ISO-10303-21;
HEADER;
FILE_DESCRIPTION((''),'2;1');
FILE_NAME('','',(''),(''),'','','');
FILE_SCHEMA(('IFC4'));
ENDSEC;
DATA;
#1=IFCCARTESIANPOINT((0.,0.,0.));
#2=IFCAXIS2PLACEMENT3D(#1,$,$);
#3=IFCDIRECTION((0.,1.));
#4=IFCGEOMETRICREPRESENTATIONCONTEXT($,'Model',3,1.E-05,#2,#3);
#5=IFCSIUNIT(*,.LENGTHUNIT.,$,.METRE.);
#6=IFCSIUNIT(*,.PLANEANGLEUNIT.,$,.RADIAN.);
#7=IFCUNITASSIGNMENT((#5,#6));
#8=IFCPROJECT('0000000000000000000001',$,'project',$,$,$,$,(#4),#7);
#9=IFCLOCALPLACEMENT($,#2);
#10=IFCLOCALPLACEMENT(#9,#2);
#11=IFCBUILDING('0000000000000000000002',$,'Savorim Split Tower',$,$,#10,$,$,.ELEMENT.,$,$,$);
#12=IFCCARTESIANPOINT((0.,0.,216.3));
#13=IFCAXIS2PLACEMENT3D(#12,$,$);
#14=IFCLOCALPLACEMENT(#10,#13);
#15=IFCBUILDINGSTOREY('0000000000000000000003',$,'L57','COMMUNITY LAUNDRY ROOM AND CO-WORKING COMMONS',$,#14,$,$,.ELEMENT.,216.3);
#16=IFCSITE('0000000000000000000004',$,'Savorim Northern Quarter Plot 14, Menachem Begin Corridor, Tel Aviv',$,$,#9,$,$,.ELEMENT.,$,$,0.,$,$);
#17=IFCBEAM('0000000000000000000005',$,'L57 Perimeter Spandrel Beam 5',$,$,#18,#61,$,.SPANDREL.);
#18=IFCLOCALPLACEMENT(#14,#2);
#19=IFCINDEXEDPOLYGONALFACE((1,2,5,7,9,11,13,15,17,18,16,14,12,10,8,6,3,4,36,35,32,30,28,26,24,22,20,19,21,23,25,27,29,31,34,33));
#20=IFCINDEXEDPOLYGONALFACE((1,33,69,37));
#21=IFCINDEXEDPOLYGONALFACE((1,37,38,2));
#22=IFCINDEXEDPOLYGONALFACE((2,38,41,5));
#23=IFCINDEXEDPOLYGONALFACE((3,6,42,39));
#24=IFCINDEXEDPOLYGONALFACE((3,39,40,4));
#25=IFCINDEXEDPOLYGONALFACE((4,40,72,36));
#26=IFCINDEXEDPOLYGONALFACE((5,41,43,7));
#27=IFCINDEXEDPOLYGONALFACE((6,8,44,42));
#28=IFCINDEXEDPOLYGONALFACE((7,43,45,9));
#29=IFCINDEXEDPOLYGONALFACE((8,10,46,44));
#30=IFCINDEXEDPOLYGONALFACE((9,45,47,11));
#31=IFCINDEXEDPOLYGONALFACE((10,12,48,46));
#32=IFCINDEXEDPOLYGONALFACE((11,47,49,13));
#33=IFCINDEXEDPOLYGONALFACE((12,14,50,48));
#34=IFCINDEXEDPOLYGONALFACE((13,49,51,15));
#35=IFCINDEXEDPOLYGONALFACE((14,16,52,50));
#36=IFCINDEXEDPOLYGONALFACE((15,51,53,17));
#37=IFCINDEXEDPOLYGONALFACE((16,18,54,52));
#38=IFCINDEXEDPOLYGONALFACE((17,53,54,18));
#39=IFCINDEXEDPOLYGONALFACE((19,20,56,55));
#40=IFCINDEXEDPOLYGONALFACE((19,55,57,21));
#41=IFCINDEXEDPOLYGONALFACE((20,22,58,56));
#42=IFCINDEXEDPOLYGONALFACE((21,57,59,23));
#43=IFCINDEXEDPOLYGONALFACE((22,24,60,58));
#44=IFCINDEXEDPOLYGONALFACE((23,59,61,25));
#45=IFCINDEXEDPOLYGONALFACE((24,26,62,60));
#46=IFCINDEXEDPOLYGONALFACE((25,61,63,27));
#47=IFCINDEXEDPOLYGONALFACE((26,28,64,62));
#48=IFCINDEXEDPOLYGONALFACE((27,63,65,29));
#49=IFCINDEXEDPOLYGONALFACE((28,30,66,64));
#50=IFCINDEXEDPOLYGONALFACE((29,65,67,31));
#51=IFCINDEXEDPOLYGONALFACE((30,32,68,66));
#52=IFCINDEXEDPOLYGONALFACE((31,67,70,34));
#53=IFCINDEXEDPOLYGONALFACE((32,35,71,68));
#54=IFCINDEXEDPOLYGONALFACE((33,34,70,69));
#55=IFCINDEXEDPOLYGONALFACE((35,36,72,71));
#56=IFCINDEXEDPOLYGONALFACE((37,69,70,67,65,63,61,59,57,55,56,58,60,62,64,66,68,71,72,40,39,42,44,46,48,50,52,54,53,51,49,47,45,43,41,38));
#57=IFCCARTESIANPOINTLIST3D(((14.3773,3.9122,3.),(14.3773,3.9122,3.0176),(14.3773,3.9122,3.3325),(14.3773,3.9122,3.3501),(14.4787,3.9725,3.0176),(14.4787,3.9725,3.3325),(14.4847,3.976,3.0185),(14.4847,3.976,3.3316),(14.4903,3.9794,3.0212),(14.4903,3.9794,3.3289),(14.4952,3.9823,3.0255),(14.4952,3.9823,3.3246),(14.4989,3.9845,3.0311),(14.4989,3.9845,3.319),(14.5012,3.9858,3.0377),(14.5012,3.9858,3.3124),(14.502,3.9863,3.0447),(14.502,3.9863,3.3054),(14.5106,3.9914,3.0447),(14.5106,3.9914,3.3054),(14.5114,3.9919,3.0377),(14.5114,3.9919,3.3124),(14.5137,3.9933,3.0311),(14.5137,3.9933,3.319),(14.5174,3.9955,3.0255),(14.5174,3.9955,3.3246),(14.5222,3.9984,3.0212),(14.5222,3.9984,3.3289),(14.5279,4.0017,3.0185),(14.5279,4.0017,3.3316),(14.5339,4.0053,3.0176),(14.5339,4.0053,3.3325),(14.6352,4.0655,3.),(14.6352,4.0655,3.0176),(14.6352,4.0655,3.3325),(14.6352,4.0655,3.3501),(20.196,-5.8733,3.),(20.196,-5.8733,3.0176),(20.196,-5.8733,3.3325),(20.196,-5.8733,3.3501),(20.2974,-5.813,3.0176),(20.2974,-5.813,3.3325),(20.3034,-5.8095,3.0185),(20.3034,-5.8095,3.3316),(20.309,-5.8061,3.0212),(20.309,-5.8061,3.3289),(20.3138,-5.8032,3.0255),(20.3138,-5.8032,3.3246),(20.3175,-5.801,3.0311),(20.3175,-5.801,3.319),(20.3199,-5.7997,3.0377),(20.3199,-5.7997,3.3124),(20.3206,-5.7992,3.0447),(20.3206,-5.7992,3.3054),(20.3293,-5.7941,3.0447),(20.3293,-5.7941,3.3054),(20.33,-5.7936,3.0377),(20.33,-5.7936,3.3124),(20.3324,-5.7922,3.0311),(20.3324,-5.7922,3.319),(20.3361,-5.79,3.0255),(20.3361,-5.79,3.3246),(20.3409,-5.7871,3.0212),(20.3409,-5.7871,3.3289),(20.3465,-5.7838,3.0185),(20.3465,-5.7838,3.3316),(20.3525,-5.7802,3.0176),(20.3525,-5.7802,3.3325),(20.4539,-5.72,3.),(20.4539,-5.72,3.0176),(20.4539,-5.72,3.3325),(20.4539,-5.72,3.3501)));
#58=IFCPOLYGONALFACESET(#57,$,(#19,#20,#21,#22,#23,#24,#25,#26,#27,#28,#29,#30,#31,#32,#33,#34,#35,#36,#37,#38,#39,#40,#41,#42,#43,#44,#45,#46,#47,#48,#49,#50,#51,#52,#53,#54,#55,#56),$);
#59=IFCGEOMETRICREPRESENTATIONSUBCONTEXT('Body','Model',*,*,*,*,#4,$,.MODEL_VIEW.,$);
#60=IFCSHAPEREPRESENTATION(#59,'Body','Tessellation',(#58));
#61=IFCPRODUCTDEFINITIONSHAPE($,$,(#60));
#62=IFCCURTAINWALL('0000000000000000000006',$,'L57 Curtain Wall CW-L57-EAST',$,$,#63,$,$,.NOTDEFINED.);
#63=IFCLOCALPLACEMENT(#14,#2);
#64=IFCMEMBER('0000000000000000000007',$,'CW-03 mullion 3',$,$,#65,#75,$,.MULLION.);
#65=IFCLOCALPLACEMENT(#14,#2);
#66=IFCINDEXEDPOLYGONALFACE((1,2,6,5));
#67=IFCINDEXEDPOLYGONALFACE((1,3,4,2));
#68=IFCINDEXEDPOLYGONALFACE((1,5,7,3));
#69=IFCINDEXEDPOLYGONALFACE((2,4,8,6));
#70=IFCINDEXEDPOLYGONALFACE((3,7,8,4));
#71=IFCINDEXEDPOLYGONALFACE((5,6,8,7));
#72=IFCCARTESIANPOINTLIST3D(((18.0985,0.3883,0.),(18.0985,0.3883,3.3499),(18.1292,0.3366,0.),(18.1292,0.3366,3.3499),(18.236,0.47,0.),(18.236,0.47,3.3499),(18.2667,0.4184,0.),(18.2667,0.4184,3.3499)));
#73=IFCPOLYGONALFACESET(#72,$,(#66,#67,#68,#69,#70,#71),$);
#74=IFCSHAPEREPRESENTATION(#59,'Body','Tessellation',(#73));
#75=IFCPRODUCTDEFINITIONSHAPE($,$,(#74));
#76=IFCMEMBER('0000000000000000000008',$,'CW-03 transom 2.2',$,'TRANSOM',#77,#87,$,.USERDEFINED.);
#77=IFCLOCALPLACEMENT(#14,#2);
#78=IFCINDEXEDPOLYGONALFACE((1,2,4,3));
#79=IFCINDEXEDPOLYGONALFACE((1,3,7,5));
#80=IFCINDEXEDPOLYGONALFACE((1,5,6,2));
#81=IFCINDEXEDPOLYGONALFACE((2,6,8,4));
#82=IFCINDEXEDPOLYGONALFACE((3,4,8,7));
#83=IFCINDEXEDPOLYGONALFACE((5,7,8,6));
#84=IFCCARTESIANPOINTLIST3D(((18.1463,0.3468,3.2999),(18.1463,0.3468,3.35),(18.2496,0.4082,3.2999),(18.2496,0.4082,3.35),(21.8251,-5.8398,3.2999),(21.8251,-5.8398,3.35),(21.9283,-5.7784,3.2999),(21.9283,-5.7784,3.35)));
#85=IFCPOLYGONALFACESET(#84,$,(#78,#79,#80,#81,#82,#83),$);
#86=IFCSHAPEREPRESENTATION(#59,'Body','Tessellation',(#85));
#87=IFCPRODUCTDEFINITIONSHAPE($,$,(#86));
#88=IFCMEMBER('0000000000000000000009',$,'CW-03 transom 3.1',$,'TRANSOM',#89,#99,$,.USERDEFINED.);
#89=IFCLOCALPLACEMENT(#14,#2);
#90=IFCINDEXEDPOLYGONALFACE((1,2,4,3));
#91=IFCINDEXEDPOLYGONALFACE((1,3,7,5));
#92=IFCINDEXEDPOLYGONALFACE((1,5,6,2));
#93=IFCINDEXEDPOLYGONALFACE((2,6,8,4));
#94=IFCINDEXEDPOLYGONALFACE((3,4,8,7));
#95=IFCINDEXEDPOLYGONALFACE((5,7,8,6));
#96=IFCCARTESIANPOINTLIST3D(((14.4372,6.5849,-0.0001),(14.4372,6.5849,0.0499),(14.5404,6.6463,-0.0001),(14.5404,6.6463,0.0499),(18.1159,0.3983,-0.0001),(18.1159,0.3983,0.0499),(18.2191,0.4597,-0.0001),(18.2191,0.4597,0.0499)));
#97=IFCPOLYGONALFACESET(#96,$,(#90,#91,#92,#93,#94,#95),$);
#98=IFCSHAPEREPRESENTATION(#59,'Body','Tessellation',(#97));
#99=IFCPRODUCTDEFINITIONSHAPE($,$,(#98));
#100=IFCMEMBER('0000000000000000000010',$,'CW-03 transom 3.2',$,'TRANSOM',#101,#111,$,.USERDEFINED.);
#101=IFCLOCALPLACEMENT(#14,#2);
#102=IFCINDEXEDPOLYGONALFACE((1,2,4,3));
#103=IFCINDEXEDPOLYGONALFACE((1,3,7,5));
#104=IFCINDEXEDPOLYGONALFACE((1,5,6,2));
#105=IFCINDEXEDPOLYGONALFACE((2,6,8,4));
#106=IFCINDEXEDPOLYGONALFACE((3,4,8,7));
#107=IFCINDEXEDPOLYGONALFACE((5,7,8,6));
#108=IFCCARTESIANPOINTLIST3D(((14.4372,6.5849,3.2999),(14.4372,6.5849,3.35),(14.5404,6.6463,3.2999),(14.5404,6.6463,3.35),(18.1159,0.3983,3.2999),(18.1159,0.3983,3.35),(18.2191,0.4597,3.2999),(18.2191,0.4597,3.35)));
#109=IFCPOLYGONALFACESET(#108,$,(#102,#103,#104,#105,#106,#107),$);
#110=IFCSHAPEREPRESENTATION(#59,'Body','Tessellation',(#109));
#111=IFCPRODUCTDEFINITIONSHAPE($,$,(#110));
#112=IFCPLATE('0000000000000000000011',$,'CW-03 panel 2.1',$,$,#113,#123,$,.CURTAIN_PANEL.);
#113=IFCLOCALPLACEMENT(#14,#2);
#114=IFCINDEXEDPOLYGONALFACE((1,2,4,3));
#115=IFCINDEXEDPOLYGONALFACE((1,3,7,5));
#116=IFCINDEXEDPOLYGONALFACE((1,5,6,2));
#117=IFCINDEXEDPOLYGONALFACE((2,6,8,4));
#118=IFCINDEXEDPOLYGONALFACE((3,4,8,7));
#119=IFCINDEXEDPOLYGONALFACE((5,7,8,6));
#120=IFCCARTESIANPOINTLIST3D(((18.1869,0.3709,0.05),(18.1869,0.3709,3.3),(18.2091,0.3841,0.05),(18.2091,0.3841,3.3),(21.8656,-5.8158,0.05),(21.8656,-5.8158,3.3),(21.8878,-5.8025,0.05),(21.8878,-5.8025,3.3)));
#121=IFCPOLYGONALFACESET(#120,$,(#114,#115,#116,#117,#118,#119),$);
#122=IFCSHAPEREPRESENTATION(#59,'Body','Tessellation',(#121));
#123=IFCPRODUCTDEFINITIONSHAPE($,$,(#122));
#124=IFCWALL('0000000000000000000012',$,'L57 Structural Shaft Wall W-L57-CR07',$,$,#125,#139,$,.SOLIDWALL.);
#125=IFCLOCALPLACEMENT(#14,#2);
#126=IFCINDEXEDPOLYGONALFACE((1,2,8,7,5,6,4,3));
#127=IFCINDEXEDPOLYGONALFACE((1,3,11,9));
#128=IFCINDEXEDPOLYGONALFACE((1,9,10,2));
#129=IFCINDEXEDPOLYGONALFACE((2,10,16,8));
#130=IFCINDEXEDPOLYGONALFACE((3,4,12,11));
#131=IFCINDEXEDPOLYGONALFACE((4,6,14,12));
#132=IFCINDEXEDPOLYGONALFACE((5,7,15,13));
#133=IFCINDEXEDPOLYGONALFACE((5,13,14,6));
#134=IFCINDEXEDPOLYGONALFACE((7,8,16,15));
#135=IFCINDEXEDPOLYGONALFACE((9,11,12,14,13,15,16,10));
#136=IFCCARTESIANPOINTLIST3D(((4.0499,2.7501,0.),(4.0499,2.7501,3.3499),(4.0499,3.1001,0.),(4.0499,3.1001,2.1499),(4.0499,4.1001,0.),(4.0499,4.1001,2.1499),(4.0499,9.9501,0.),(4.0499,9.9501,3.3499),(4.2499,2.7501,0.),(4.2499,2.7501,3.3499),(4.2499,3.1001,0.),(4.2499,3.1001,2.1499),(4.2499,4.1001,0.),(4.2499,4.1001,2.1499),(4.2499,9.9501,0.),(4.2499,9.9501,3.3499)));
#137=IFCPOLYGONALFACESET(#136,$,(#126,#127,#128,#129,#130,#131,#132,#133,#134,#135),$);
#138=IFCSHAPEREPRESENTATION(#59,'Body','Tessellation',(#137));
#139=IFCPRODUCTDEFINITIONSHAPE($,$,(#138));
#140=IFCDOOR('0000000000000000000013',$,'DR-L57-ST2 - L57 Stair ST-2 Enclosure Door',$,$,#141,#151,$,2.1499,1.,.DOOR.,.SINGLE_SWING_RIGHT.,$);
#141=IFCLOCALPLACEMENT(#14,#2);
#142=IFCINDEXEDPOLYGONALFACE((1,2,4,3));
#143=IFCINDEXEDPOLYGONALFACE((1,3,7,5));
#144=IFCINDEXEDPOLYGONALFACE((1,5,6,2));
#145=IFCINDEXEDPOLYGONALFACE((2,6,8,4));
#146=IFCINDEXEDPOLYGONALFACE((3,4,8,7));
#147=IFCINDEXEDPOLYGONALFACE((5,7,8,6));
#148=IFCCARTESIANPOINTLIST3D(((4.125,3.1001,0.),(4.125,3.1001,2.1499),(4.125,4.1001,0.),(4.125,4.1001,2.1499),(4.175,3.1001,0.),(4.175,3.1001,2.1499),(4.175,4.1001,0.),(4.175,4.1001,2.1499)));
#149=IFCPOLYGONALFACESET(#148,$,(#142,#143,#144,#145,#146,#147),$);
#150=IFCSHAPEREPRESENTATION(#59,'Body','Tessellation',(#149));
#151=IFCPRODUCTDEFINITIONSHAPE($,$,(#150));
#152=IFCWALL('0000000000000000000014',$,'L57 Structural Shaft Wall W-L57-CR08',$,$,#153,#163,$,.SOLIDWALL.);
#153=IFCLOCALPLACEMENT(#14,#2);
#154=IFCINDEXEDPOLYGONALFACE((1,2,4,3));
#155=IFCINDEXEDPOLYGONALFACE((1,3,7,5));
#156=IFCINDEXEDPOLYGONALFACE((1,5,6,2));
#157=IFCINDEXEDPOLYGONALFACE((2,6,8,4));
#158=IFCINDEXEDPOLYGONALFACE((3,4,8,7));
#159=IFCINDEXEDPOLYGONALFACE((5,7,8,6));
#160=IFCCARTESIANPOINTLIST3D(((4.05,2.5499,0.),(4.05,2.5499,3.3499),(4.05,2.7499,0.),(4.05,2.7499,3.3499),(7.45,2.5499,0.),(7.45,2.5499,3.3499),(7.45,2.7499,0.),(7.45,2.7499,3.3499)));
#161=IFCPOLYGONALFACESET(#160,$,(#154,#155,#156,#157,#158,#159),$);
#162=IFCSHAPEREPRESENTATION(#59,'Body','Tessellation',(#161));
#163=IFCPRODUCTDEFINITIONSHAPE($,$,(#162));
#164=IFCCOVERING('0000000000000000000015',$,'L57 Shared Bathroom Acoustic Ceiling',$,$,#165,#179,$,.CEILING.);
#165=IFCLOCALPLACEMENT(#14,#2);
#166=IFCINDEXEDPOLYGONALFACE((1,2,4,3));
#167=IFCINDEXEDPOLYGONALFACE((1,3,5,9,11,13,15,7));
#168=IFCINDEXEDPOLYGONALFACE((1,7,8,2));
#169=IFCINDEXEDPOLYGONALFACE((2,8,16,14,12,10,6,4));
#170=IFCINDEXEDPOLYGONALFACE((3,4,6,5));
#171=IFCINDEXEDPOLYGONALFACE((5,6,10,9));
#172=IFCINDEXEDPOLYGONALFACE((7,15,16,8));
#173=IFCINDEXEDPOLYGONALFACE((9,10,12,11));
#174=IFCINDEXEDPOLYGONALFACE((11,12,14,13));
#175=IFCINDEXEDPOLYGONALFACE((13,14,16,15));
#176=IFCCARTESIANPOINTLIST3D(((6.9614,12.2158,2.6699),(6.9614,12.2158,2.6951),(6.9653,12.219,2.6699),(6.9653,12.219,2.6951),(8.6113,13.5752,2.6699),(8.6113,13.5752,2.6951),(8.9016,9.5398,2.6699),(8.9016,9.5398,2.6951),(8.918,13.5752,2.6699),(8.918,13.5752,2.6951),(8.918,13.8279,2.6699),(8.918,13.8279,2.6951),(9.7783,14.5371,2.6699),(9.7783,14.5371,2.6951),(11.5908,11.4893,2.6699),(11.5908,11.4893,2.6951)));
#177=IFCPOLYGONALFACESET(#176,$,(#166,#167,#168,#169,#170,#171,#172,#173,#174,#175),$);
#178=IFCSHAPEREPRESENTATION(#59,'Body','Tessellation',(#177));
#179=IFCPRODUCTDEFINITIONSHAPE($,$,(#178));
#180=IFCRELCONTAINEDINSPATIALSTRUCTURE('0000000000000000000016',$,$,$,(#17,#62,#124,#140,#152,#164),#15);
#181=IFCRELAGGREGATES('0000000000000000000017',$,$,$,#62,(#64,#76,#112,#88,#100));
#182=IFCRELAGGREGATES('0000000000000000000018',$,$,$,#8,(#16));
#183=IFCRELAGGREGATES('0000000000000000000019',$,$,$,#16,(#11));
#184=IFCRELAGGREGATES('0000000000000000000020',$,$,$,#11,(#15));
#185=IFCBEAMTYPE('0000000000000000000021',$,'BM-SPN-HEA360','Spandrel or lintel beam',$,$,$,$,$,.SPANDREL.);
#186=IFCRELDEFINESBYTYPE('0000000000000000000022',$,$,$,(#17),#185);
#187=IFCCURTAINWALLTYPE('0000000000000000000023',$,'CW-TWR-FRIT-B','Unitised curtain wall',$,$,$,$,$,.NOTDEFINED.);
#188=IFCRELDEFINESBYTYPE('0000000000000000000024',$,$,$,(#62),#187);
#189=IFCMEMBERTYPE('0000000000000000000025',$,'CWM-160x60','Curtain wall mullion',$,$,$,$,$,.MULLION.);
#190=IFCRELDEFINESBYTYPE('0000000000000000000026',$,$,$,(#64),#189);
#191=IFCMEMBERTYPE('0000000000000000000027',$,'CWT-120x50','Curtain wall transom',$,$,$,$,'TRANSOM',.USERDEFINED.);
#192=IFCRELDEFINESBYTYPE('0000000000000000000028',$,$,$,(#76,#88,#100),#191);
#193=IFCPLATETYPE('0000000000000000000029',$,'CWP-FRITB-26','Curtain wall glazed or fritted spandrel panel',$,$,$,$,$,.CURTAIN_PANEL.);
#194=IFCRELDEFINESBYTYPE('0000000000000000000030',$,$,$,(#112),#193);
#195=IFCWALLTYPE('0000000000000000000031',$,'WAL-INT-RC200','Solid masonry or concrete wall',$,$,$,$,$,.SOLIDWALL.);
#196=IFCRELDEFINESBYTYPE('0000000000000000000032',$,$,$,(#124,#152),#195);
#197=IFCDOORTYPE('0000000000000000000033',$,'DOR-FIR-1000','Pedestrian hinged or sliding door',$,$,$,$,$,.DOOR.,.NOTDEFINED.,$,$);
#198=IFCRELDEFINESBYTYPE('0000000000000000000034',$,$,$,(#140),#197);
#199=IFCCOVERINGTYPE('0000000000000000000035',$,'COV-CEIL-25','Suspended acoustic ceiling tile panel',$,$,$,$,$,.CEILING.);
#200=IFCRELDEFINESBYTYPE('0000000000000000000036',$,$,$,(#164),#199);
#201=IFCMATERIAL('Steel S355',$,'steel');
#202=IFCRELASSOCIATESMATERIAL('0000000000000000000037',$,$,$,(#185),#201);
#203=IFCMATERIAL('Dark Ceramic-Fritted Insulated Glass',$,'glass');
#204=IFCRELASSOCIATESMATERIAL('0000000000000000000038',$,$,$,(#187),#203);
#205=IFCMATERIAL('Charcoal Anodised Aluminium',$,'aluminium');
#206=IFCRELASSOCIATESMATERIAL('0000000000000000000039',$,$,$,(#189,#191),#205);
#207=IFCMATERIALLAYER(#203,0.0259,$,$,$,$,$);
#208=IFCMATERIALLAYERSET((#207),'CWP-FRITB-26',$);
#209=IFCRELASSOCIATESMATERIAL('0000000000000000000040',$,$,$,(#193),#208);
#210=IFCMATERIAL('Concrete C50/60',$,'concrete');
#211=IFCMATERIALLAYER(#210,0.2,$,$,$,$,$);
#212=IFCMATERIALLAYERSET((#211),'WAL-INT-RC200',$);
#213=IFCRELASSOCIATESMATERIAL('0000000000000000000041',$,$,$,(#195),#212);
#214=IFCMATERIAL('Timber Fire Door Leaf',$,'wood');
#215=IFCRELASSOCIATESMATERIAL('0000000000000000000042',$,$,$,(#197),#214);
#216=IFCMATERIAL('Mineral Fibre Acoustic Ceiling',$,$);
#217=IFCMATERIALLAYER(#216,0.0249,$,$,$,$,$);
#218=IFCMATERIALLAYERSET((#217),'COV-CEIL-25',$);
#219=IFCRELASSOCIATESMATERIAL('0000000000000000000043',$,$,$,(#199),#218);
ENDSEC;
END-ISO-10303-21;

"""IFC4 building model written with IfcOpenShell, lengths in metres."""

from ifc_helpers import new_model, si_unit, direction, frame, frame_2d, origin, origin_2d, place, context, subcontext, project, spatial, polyline, rectangle, i_section, outline, extrude, material, layer, layer_set, material_profile, profile_set, type_object, element, fill, aggregate, save


model = new_model("IFC4")

# Units and contexts
model_context = context("Model", 3, precision=1e-05, world=origin(), true_north=direction((0.0, 1.0)))
body_context = subcontext(model_context, "Body", "Model", "MODEL_VIEW")
ifc_project = project(units=[si_unit("LENGTHUNIT", "METRE"), si_unit("PLANEANGLEUNIT", "RADIAN")], contexts=[model_context])

# Site, building, storey
site_placement = place(None, origin())
site = spatial("IfcSite", under=ifc_project, at=site_placement, Name="Savorim Northern Quarter Plot 14, Menachem Begin Corridor, Tel Aviv", CompositionType="ELEMENT", RefElevation=0.0)
building_placement = place(site_placement, origin())
building = spatial("IfcBuilding", under=site, at=building_placement, Name="Savorim Split Tower", CompositionType="ELEMENT")
storey_placement = place(building_placement, frame((0.0, 0.0, 216.3)))
storey = spatial("IfcBuildingStorey", under=building, at=storey_placement, Name="L57", Description="COMMUNITY LAUNDRY ROOM AND CO-WORKING COMMONS", CompositionType="ELEMENT", Elevation=216.3)

# Shared definitions
ifc_material_1 = material(Name="Steel S355", Category="steel")

# Beam
ifc_material_profile_1 = material_profile(ifc_material_1, i_section(OverallWidth=0.3, OverallDepth=0.3501, WebThickness=0.01, FlangeThickness=0.0176, FilletRadius=0.0271, at=origin_2d()), Name="HEA 360")
ifc_profile_set_1 = profile_set([ifc_material_profile_1], Name="Steel S355")
beam_type_1 = type_object("IfcBeamType", Name="BM-SPN-HEA360", Description="Spandrel or lintel beam", PredefinedType="SPANDREL", material=ifc_profile_set_1)
beam_1_placement = place(storey_placement, frame((20.325, -5.7966, 3.175), z_axis=(-0.511092, 0.859526, 0.0), x_axis=(-0.859526, -0.511092, 0.0)))
element("IfcBeam", 1, at=beam_1_placement, inside=storey, type_object=beam_type_1, Name="L57 Perimeter Spandrel Beam 5", PredefinedType="SPANDREL", context=body_context, shape_type="SweptSolid", body=[
    extrude(i_section(OverallWidth=0.3, OverallDepth=0.3501, WebThickness=0.01, FlangeThickness=0.0176, FilletRadius=0.0271, at=origin_2d()), origin(), (0.0, 0.0, 1.0), 11.3848),
])

# Curtain wall, members, plate
ifc_material_2 = material(Name="Dark Ceramic-Fritted Insulated Glass", Category="glass")
curtain_wall_type = type_object("IfcCurtainWallType", Name="CW-TWR-FRIT-B", Description="Unitised curtain wall", PredefinedType="NOTDEFINED", material=ifc_material_2)
curtain_wall_placement = place(storey_placement, origin())
curtain_wall = element("IfcCurtainWall", 2, at=curtain_wall_placement, inside=storey, type_object=curtain_wall_type, Name="L57 Curtain Wall CW-L57-EAST", PredefinedType="NOTDEFINED")
ifc_material_3 = material(Name="Charcoal Anodised Aluminium", Category="aluminium")
ifc_material_profile_2 = material_profile(ifc_material_3, rectangle(XDim=0.1599, YDim=0.0601, at=origin_2d()), Name="ALU-M 160x60")
ifc_profile_set_2 = profile_set([ifc_material_profile_2], Name="Charcoal Anodised Aluminium")
member_type_1 = type_object("IfcMemberType", Name="CWM-160x60", Description="Curtain wall mullion", PredefinedType="MULLION", material=ifc_profile_set_2)
member_1_placement = place(storey_placement, frame((18.1826, 0.4033, 0.0), z_axis=(0.0, 0.0, 1.0), x_axis=(-0.859526, -0.511092, 0.0)))
member_1 = element("IfcMember", 3, at=member_1_placement, type_object=member_type_1, Name="CW-03 mullion 3", PredefinedType="MULLION", context=body_context, shape_type="SweptSolid", body=[
    extrude(rectangle(XDim=0.1599, YDim=0.0601, at=origin_2d()), origin(), (0.0, 0.0, 1.0), 3.3499),
])
ifc_material_profile_3 = material_profile(ifc_material_3, rectangle(XDim=0.1201, YDim=0.05, at=origin_2d()), Name="ALU-T 120x50")
ifc_profile_set_3 = profile_set([ifc_material_profile_3], Name="Charcoal Anodised Aluminium")
member_type_2 = type_object("IfcMemberType", Name="CWT-120x50", Description="Curtain wall transom", ElementType="TRANSOM", PredefinedType="USERDEFINED", material=ifc_profile_set_3)
member_2_placement = place(storey_placement, frame((21.8767, -5.8091, 3.325), z_axis=(-0.5111, 0.859521, 0.0), x_axis=(-0.859521, -0.5111, 0.0)))
member_2 = element("IfcMember", 4, at=member_2_placement, type_object=member_type_2, Name="CW-03 transom 2.2", ObjectType="TRANSOM", PredefinedType="USERDEFINED", context=body_context, shape_type="SweptSolid", body=[
    extrude(rectangle(XDim=0.1201, YDim=0.05, at=origin_2d()), origin(), (0.0, 0.0, 1.0), 7.1978),
])
member_3_placement = place(storey_placement, frame((18.1675, 0.429, 0.0249), z_axis=(-0.511085, 0.85953, 0.0), x_axis=(-0.85953, -0.511085, 0.0)))
member_3 = element("IfcMember", 5, at=member_3_placement, type_object=member_type_2, Name="CW-03 transom 3.1", ObjectType="TRANSOM", PredefinedType="USERDEFINED", context=body_context, shape_type="SweptSolid", body=[
    extrude(rectangle(XDim=0.1201, YDim=0.05, at=origin_2d()), origin(), (0.0, 0.0, 1.0), 7.1978),
])
member_4_placement = place(storey_placement, frame((18.1675, 0.429, 3.325), z_axis=(-0.511085, 0.85953, 0.0), x_axis=(-0.85953, -0.511085, 0.0)))
member_4 = element("IfcMember", 6, at=member_4_placement, type_object=member_type_2, Name="CW-03 transom 3.2", ObjectType="TRANSOM", PredefinedType="USERDEFINED", context=body_context, shape_type="SweptSolid", body=[
    extrude(rectangle(XDim=0.1201, YDim=0.05, at=origin_2d()), origin(), (0.0, 0.0, 1.0), 7.1978),
])
ifc_layer_1 = layer(ifc_material_2, 0.0259)
ifc_layer_set_1 = layer_set([ifc_layer_1], Name="CWP-FRITB-26")
plate_type = type_object("IfcPlateType", Name="CWP-FRITB-26", Description="Curtain wall glazed or fritted spandrel panel", PredefinedType="CURTAIN_PANEL", material=ifc_layer_set_1)
plate_placement = place(storey_placement, frame((20.0374, -2.7158, 0.05), z_axis=(0.0, 0.0, 1.0), x_axis=(-0.511092, 0.859526, 0.0)))
plate = element("IfcPlate", 7, at=plate_placement, type_object=plate_type, Name="CW-03 panel 2.1", PredefinedType="CURTAIN_PANEL", context=body_context, shape_type="SweptSolid", body=[
    extrude(rectangle(XDim=7.1978, YDim=0.0259, at=origin_2d()), origin(), (0.0, 0.0, 1.0), 3.25),
])
aggregate(curtain_wall, [member_1, member_2, plate, member_3, member_4])

# Wall, opening, door
ifc_material_4 = material(Name="Concrete C50/60", Category="concrete")
ifc_layer_2 = layer(ifc_material_4, 0.2)
ifc_layer_set_2 = layer_set([ifc_layer_2], Name="WAL-INT-RC200")
wall_type = type_object("IfcWallType", Name="WAL-INT-RC200", Description="Solid masonry or concrete wall", PredefinedType="SOLIDWALL", material=ifc_layer_set_2)
wall_1_placement = place(storey_placement, frame((4.1499, 2.75, 0.0), z_axis=(0.0, 0.0, 1.0), x_axis=(0.0, 1.0, 0.0)))
wall_1 = element("IfcWall", 8, at=wall_1_placement, inside=storey, type_object=wall_type, Name="L57 Structural Shaft Wall W-L57-CR07", PredefinedType="SOLIDWALL", context=body_context, shape_type="SweptSolid", body=[
    extrude(rectangle(XDim=7.2, YDim=0.2, at=frame_2d((3.6001, 0.0))), origin(), (0.0, 0.0, 1.0), 3.3499),
])
opening_1_placement = place(wall_1_placement, frame((0.3501, 0.0, 0.0)))
opening_1 = element("IfcOpeningElement", 9, at=opening_1_placement, cuts=wall_1, PredefinedType="OPENING", context=body_context, shape_type="SweptSolid", body=[
    extrude(rectangle(XDim=1.0, YDim=2.1499, at=frame_2d((0.5, 1.075))), frame((0.0, 0.1099, 0.0), z_axis=(0.0, -1.0, 0.0), x_axis=(1.0, 0.0, 0.0)), (0.0, 0.0, 1.0), 0.22),
])
ifc_material_5 = material(Name="Timber Fire Door Leaf", Category="wood")
door_type_1 = type_object("IfcDoorType", Name="DOR-FIR-1000", Description="Pedestrian hinged or sliding door", OperationType="NOTDEFINED", PredefinedType="DOOR", material=ifc_material_5)
door_1_placement = place(opening_1_placement, origin())
door_1 = element("IfcDoor", 10, at=door_1_placement, inside=storey, type_object=door_type_1, Name="DR-L57-ST2 - L57 Stair ST-2 Enclosure Door", OperationType="SINGLE_SWING_RIGHT", OverallHeight=2.1499, OverallWidth=1.0, PredefinedType="DOOR", context=body_context, shape_type="SweptSolid", body=[
    extrude(rectangle(XDim=1.0, YDim=2.1499, at=frame_2d((0.5, 1.075))), frame((0.0, 0.0249, 0.0), z_axis=(0.0, -1.0, 0.0), x_axis=(1.0, 0.0, 0.0)), (0.0, 0.0, 1.0), 0.05),
])
fill(opening_1, door_1)

# Wall
wall_2_placement = place(storey_placement, frame((4.05, 2.6499, 0.0), z_axis=(0.0, 0.0, 1.0), x_axis=(1.0, 0.0, 0.0)))
element("IfcWall", 11, at=wall_2_placement, inside=storey, type_object=wall_type, Name="L57 Structural Shaft Wall W-L57-CR08", PredefinedType="SOLIDWALL", context=body_context, shape_type="SweptSolid", body=[
    extrude(rectangle(XDim=3.3999, YDim=0.2, at=frame_2d((1.7, 0.0))), origin(), (0.0, 0.0, 1.0), 3.3499),
])

# Covering
ifc_material_6 = material(Name="Mineral Fibre Acoustic Ceiling")
ifc_layer_3 = layer(ifc_material_6, 0.0249)
ifc_layer_set_3 = layer_set([ifc_layer_3], Name="COV-CEIL-25")
covering_type_1 = type_object("IfcCoveringType", Name="COV-CEIL-25", Description="Suspended acoustic ceiling tile panel", PredefinedType="CEILING", material=ifc_layer_set_3)
covering_1_placement = place(storey_placement, frame((0.0, 0.0, 2.6699)))
element("IfcCovering", 12, at=covering_1_placement, inside=storey, type_object=covering_type_1, Name="L57 Shared Bathroom Acoustic Ceiling", PredefinedType="CEILING", context=body_context, shape_type="SweptSolid", body=[
    extrude(outline(polyline([(8.6113, 13.5752), (6.9653, 12.219), (6.9614, 12.2158), (8.9016, 9.5398), (11.5908, 11.4893), (9.7783, 14.5371), (8.918, 13.8279), (8.918, 13.5752), (8.6113, 13.5752)])), origin(), (0.0, 0.0, 1.0), 0.0251),
])

save(model, "model.ifc")
